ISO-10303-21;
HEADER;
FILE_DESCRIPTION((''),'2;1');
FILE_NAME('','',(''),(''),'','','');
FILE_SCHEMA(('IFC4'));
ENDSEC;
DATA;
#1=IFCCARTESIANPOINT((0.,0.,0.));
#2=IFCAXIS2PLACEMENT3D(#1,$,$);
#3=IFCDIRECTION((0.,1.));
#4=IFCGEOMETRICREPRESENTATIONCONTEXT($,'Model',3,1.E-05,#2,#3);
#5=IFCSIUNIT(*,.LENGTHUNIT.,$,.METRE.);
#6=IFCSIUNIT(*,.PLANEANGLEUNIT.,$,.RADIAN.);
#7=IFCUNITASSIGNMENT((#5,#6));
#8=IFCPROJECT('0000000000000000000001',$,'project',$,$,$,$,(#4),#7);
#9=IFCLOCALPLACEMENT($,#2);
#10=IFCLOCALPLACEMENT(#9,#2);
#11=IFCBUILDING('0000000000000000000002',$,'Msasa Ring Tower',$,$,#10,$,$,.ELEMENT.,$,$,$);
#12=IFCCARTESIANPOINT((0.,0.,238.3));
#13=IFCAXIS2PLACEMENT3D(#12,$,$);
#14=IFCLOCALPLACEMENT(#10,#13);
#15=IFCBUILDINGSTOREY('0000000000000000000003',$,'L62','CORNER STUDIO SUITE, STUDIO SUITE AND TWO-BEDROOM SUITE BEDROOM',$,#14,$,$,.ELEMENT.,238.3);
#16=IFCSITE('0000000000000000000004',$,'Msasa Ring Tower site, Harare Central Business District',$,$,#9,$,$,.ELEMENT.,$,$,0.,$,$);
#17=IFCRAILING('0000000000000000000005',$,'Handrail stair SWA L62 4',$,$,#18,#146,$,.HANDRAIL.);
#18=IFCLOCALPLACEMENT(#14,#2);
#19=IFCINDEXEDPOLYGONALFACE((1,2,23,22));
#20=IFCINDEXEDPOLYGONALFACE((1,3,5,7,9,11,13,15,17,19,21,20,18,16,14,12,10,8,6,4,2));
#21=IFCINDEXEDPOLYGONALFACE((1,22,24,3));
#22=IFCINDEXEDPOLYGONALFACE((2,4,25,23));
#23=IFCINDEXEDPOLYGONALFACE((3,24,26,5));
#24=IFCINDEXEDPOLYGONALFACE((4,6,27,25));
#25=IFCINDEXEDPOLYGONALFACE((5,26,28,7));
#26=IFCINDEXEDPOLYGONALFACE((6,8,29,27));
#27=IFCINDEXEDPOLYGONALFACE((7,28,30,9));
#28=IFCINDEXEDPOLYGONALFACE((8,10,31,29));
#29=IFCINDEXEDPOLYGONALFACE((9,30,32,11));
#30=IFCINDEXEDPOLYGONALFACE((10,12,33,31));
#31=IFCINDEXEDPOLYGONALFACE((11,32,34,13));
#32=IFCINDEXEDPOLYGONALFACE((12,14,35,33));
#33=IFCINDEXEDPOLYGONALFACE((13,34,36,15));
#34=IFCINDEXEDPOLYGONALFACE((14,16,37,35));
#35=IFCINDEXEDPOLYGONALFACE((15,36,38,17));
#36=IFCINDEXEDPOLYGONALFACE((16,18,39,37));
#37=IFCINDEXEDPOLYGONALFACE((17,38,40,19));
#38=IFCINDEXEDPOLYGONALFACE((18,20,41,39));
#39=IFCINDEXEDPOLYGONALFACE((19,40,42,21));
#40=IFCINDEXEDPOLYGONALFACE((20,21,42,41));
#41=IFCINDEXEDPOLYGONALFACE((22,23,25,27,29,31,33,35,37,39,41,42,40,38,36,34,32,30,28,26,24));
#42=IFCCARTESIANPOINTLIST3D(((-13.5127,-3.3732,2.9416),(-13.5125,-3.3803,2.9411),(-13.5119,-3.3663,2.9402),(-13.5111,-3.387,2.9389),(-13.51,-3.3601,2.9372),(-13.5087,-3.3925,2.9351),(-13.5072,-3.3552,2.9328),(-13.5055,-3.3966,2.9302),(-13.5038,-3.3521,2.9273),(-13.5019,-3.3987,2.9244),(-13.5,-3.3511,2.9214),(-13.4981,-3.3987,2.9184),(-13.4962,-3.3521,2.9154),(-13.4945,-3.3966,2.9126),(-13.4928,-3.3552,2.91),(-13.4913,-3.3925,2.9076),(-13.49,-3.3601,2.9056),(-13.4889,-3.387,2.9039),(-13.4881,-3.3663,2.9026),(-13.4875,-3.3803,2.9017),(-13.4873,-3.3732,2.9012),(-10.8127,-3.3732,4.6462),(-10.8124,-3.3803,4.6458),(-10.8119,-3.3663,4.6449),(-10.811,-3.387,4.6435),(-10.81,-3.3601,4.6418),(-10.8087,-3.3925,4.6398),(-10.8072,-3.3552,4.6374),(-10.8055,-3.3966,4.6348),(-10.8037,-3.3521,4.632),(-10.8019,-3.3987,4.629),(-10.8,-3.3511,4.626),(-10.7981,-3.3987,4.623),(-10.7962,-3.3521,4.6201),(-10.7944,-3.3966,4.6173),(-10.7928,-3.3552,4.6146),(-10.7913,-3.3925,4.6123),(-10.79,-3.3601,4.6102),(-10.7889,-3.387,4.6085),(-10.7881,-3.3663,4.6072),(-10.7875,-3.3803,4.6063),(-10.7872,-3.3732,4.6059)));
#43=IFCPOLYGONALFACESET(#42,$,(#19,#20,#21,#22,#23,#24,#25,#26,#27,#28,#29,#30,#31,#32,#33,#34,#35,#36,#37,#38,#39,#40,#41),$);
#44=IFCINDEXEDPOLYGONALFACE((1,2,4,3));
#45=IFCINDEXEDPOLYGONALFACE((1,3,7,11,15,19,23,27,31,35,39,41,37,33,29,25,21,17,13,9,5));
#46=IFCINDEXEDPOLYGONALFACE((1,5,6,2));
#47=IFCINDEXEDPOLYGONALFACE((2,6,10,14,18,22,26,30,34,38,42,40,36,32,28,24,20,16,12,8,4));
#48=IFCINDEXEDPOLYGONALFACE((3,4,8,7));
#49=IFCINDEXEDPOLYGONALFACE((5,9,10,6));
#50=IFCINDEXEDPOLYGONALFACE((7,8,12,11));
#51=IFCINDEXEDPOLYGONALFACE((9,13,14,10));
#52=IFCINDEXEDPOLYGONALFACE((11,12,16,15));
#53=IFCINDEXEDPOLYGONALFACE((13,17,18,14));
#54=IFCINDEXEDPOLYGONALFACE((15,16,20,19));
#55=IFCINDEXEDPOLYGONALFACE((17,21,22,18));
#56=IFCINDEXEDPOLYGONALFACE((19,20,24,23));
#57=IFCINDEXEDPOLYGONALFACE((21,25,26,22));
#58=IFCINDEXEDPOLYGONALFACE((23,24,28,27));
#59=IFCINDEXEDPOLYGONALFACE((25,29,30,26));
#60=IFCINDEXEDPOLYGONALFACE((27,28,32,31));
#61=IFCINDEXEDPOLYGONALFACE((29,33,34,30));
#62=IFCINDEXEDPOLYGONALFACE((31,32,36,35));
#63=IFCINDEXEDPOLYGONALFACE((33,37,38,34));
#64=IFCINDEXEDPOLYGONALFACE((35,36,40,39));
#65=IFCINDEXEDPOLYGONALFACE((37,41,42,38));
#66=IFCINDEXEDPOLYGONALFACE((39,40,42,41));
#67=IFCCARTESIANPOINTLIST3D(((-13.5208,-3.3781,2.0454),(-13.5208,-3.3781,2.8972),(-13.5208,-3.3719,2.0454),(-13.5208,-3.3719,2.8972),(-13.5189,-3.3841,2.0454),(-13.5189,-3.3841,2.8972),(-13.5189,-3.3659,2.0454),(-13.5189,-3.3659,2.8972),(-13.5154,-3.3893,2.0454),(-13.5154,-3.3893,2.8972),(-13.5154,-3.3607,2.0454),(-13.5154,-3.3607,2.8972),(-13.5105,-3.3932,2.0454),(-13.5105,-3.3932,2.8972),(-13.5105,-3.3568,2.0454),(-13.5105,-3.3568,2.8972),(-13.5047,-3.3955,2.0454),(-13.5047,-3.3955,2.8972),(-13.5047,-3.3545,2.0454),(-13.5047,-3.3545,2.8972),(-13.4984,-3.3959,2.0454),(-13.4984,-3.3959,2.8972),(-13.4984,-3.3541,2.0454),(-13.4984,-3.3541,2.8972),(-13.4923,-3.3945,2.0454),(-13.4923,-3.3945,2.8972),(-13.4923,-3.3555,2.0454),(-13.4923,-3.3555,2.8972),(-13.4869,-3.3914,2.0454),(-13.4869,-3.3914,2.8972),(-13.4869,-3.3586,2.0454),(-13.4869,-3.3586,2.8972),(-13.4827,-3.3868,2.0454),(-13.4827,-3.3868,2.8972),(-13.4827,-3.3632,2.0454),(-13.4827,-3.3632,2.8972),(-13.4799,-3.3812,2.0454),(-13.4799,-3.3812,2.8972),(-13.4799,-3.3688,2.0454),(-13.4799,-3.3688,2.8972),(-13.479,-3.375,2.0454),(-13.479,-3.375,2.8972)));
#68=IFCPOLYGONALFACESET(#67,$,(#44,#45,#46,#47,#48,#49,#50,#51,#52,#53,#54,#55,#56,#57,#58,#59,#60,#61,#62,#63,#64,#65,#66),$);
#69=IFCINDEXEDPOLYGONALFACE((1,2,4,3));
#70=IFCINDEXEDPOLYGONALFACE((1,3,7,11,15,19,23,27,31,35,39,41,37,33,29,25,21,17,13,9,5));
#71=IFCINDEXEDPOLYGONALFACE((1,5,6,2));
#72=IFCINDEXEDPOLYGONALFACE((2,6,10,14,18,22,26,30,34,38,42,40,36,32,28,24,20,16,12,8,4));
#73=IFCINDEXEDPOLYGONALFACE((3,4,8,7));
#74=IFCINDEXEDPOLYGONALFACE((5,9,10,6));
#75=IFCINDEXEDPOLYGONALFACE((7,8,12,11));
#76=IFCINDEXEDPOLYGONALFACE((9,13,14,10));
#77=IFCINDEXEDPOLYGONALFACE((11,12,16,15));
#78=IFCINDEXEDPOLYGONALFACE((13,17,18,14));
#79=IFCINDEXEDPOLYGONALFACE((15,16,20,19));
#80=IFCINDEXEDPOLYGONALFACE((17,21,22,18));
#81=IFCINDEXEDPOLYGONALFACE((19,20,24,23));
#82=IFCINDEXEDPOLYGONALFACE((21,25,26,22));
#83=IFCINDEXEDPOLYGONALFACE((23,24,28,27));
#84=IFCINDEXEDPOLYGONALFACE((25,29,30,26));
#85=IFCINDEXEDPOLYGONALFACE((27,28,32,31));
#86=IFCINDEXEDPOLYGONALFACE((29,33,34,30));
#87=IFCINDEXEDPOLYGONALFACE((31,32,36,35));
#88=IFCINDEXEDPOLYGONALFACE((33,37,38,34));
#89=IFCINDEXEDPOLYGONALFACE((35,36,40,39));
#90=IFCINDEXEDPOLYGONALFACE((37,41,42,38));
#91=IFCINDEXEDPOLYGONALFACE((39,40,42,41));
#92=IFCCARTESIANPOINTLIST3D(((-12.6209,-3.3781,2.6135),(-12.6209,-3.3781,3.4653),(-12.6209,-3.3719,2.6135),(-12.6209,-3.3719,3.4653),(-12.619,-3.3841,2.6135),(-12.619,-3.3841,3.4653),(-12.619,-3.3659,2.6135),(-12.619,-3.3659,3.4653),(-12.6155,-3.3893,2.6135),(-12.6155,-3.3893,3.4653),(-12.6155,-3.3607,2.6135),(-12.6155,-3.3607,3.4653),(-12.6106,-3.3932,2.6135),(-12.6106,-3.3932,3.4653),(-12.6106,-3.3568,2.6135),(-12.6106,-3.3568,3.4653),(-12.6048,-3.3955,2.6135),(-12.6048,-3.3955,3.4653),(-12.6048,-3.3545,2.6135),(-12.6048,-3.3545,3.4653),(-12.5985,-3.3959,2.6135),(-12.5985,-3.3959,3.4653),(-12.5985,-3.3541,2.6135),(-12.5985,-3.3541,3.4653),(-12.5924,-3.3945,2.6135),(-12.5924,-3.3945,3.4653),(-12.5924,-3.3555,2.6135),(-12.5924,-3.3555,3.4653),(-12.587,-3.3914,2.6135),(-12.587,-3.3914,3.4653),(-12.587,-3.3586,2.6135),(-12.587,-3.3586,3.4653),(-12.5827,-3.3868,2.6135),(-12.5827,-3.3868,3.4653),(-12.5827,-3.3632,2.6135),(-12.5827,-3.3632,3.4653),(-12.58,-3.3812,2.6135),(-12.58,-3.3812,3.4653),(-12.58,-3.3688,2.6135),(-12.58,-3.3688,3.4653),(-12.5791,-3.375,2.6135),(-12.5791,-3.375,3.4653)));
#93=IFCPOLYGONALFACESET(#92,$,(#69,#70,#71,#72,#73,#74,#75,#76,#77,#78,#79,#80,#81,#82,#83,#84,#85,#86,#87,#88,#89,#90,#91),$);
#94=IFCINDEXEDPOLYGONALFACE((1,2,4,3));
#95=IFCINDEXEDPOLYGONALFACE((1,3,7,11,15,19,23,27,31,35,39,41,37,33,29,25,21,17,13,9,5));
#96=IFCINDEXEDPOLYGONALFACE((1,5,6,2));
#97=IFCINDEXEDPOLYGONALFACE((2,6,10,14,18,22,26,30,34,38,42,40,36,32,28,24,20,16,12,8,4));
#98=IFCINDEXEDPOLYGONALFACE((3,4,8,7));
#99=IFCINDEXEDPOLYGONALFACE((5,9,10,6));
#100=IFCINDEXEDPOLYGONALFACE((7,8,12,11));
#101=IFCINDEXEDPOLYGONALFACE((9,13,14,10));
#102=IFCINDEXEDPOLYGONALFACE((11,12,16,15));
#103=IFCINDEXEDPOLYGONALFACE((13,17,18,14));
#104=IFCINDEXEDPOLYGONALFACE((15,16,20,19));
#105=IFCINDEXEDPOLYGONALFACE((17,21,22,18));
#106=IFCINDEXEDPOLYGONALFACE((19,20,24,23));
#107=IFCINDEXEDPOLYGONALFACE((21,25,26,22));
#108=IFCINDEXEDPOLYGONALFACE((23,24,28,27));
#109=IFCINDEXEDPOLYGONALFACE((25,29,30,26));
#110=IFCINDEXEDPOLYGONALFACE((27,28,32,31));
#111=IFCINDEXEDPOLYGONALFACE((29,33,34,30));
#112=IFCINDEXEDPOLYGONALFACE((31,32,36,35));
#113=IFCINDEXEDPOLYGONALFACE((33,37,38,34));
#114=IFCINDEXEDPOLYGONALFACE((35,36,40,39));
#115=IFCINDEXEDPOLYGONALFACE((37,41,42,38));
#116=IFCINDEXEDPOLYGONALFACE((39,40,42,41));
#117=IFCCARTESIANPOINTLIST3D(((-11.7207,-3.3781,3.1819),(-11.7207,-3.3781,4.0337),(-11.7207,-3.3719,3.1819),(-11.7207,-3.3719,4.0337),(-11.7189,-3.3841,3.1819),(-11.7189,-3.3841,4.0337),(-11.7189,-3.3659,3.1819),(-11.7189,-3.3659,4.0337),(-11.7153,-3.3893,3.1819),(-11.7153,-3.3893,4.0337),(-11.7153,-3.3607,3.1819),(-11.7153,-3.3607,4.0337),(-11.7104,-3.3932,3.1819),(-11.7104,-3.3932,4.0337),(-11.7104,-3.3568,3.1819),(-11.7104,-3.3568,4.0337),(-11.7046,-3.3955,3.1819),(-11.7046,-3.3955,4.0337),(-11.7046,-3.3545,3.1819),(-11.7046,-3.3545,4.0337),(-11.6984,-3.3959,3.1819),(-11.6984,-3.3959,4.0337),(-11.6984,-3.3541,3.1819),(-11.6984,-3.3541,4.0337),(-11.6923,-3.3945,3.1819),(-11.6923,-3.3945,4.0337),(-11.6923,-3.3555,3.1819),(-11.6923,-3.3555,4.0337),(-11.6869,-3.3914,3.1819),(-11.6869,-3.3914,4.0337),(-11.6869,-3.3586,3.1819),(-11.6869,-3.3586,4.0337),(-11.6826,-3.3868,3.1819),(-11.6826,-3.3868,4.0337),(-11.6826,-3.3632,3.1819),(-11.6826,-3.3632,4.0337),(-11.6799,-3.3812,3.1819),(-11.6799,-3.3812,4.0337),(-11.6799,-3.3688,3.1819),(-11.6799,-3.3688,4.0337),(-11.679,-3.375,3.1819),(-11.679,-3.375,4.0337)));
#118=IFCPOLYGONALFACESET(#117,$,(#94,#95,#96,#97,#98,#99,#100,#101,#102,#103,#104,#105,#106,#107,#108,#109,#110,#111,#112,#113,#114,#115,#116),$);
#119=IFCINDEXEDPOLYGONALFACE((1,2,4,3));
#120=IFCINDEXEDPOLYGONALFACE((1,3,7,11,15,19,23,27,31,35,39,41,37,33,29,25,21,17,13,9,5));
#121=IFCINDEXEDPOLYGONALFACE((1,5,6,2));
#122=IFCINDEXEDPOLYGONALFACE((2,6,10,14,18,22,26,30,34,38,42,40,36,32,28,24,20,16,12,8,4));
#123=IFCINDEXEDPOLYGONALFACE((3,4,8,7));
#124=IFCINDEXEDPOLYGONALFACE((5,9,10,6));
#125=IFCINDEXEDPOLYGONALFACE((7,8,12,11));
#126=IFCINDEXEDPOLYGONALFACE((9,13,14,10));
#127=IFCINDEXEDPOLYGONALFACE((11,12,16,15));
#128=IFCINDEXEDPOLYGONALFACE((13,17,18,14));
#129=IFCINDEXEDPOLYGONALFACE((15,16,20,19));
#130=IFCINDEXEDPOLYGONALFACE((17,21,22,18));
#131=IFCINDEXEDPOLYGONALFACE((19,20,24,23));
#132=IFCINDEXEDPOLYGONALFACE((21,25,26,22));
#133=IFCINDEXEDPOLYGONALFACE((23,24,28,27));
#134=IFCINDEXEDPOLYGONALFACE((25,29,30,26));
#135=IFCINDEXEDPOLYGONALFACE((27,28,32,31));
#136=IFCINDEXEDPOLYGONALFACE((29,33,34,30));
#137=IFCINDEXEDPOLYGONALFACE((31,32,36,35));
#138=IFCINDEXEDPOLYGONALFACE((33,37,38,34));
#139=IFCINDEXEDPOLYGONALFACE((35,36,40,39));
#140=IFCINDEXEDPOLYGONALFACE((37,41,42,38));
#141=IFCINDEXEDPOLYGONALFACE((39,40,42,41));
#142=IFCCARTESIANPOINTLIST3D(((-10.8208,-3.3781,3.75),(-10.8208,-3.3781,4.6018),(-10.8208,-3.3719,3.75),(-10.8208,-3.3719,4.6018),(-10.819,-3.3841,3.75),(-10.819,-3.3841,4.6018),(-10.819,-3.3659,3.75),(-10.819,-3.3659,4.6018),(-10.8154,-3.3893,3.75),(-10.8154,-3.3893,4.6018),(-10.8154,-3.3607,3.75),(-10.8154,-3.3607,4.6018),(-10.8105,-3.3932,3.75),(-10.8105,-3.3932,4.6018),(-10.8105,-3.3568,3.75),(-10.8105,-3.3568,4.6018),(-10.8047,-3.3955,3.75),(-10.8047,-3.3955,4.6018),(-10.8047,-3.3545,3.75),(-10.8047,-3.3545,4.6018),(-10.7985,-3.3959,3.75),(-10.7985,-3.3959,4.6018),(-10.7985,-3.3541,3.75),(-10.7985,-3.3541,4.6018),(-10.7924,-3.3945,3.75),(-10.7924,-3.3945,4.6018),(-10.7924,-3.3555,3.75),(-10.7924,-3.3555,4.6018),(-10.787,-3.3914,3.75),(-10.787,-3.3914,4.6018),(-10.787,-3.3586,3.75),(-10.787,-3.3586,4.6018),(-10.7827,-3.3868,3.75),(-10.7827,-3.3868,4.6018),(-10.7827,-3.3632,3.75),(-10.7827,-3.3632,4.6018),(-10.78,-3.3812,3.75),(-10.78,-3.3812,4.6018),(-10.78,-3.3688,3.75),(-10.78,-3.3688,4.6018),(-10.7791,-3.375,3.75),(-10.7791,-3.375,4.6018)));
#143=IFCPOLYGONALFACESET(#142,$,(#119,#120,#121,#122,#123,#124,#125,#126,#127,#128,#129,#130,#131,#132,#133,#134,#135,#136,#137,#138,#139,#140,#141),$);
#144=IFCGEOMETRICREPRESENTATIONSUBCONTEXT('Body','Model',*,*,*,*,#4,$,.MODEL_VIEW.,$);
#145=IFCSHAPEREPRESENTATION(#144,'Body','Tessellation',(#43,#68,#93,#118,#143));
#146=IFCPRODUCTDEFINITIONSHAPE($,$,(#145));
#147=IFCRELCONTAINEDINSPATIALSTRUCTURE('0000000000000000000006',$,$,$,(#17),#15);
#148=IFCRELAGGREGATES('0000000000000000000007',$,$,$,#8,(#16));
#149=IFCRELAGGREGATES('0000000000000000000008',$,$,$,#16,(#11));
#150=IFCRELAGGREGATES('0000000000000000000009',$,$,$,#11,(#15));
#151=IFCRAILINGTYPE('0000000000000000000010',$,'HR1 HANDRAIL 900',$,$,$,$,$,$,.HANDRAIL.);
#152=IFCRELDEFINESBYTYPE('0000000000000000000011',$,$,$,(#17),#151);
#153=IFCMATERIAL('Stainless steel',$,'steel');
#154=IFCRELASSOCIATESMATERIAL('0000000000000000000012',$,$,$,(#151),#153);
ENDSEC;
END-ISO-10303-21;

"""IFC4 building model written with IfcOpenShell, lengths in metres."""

from ifc_helpers import new_model, si_unit, direction, frame, origin, origin_2d, place, context, subcontext, project, spatial, circle, extrude, material, type_object, element, save


model = new_model("IFC4")

# Units and contexts
model_context = context("Model", 3, precision=1e-05, world=origin(), true_north=direction((0.0, 1.0)))
body_context = subcontext(model_context, "Body", "Model", "MODEL_VIEW")
ifc_project = project(units=[si_unit("LENGTHUNIT", "METRE"), si_unit("PLANEANGLEUNIT", "RADIAN")], contexts=[model_context])

# Site, building, storey
site_placement = place(None, origin())
site = spatial("IfcSite", under=ifc_project, at=site_placement, Name="Msasa Ring Tower site, Harare Central Business District", CompositionType="ELEMENT", RefElevation=0.0)
building_placement = place(site_placement, origin())
building = spatial("IfcBuilding", under=site, at=building_placement, Name="Msasa Ring Tower", CompositionType="ELEMENT")
storey_placement = place(building_placement, frame((0.0, 0.0, 238.3)))
storey = spatial("IfcBuildingStorey", under=building, at=storey_placement, Name="L62", Description="CORNER STUDIO SUITE, STUDIO SUITE AND TWO-BEDROOM SUITE BEDROOM", CompositionType="ELEMENT", Elevation=238.3)

# Railing
ifc_material_1 = material(Name="Stainless steel", Category="steel")
railing_type = type_object("IfcRailingType", Name="HR1 HANDRAIL 900", PredefinedType="HANDRAIL", material=ifc_material_1)
for number, where, name in (
    (1, (-13.5, -3.375, 2.0454), "Handrail stair SWA L62 4"),
):
    element("IfcRailing", number, at=place(storey_placement, frame(where)), inside=storey, type_object=railing_type, Name=name, PredefinedType="HANDRAIL", context=body_context, shape_type="SweptSolid", body=[
        extrude(circle(Radius=0.0239, at=origin_2d()), frame((0.0, 0.0, 0.876), z_axis=(0.84558, 0.0, 0.533849), x_axis=(0.0, 1.0, 0.0)), (0.0, 0.0, 1.0), 3.1931),
        extrude(circle(Radius=0.021, at=origin_2d()), origin(), (0.0, 0.0, 1.0), 0.8518),
        extrude(circle(Radius=0.021, at=origin_2d()), frame((0.8999, 0.0, 0.5681)), (0.0, 0.0, 1.0), 0.8518),
        extrude(circle(Radius=0.021, at=origin_2d()), frame((1.8, 0.0, 1.1365)), (0.0, 0.0, 1.0), 0.8518),
        extrude(circle(Radius=0.021, at=origin_2d()), frame((2.7, 0.0, 1.7046)), (0.0, 0.0, 1.0), 0.8518),
    ])

save(model, "model.ifc")
